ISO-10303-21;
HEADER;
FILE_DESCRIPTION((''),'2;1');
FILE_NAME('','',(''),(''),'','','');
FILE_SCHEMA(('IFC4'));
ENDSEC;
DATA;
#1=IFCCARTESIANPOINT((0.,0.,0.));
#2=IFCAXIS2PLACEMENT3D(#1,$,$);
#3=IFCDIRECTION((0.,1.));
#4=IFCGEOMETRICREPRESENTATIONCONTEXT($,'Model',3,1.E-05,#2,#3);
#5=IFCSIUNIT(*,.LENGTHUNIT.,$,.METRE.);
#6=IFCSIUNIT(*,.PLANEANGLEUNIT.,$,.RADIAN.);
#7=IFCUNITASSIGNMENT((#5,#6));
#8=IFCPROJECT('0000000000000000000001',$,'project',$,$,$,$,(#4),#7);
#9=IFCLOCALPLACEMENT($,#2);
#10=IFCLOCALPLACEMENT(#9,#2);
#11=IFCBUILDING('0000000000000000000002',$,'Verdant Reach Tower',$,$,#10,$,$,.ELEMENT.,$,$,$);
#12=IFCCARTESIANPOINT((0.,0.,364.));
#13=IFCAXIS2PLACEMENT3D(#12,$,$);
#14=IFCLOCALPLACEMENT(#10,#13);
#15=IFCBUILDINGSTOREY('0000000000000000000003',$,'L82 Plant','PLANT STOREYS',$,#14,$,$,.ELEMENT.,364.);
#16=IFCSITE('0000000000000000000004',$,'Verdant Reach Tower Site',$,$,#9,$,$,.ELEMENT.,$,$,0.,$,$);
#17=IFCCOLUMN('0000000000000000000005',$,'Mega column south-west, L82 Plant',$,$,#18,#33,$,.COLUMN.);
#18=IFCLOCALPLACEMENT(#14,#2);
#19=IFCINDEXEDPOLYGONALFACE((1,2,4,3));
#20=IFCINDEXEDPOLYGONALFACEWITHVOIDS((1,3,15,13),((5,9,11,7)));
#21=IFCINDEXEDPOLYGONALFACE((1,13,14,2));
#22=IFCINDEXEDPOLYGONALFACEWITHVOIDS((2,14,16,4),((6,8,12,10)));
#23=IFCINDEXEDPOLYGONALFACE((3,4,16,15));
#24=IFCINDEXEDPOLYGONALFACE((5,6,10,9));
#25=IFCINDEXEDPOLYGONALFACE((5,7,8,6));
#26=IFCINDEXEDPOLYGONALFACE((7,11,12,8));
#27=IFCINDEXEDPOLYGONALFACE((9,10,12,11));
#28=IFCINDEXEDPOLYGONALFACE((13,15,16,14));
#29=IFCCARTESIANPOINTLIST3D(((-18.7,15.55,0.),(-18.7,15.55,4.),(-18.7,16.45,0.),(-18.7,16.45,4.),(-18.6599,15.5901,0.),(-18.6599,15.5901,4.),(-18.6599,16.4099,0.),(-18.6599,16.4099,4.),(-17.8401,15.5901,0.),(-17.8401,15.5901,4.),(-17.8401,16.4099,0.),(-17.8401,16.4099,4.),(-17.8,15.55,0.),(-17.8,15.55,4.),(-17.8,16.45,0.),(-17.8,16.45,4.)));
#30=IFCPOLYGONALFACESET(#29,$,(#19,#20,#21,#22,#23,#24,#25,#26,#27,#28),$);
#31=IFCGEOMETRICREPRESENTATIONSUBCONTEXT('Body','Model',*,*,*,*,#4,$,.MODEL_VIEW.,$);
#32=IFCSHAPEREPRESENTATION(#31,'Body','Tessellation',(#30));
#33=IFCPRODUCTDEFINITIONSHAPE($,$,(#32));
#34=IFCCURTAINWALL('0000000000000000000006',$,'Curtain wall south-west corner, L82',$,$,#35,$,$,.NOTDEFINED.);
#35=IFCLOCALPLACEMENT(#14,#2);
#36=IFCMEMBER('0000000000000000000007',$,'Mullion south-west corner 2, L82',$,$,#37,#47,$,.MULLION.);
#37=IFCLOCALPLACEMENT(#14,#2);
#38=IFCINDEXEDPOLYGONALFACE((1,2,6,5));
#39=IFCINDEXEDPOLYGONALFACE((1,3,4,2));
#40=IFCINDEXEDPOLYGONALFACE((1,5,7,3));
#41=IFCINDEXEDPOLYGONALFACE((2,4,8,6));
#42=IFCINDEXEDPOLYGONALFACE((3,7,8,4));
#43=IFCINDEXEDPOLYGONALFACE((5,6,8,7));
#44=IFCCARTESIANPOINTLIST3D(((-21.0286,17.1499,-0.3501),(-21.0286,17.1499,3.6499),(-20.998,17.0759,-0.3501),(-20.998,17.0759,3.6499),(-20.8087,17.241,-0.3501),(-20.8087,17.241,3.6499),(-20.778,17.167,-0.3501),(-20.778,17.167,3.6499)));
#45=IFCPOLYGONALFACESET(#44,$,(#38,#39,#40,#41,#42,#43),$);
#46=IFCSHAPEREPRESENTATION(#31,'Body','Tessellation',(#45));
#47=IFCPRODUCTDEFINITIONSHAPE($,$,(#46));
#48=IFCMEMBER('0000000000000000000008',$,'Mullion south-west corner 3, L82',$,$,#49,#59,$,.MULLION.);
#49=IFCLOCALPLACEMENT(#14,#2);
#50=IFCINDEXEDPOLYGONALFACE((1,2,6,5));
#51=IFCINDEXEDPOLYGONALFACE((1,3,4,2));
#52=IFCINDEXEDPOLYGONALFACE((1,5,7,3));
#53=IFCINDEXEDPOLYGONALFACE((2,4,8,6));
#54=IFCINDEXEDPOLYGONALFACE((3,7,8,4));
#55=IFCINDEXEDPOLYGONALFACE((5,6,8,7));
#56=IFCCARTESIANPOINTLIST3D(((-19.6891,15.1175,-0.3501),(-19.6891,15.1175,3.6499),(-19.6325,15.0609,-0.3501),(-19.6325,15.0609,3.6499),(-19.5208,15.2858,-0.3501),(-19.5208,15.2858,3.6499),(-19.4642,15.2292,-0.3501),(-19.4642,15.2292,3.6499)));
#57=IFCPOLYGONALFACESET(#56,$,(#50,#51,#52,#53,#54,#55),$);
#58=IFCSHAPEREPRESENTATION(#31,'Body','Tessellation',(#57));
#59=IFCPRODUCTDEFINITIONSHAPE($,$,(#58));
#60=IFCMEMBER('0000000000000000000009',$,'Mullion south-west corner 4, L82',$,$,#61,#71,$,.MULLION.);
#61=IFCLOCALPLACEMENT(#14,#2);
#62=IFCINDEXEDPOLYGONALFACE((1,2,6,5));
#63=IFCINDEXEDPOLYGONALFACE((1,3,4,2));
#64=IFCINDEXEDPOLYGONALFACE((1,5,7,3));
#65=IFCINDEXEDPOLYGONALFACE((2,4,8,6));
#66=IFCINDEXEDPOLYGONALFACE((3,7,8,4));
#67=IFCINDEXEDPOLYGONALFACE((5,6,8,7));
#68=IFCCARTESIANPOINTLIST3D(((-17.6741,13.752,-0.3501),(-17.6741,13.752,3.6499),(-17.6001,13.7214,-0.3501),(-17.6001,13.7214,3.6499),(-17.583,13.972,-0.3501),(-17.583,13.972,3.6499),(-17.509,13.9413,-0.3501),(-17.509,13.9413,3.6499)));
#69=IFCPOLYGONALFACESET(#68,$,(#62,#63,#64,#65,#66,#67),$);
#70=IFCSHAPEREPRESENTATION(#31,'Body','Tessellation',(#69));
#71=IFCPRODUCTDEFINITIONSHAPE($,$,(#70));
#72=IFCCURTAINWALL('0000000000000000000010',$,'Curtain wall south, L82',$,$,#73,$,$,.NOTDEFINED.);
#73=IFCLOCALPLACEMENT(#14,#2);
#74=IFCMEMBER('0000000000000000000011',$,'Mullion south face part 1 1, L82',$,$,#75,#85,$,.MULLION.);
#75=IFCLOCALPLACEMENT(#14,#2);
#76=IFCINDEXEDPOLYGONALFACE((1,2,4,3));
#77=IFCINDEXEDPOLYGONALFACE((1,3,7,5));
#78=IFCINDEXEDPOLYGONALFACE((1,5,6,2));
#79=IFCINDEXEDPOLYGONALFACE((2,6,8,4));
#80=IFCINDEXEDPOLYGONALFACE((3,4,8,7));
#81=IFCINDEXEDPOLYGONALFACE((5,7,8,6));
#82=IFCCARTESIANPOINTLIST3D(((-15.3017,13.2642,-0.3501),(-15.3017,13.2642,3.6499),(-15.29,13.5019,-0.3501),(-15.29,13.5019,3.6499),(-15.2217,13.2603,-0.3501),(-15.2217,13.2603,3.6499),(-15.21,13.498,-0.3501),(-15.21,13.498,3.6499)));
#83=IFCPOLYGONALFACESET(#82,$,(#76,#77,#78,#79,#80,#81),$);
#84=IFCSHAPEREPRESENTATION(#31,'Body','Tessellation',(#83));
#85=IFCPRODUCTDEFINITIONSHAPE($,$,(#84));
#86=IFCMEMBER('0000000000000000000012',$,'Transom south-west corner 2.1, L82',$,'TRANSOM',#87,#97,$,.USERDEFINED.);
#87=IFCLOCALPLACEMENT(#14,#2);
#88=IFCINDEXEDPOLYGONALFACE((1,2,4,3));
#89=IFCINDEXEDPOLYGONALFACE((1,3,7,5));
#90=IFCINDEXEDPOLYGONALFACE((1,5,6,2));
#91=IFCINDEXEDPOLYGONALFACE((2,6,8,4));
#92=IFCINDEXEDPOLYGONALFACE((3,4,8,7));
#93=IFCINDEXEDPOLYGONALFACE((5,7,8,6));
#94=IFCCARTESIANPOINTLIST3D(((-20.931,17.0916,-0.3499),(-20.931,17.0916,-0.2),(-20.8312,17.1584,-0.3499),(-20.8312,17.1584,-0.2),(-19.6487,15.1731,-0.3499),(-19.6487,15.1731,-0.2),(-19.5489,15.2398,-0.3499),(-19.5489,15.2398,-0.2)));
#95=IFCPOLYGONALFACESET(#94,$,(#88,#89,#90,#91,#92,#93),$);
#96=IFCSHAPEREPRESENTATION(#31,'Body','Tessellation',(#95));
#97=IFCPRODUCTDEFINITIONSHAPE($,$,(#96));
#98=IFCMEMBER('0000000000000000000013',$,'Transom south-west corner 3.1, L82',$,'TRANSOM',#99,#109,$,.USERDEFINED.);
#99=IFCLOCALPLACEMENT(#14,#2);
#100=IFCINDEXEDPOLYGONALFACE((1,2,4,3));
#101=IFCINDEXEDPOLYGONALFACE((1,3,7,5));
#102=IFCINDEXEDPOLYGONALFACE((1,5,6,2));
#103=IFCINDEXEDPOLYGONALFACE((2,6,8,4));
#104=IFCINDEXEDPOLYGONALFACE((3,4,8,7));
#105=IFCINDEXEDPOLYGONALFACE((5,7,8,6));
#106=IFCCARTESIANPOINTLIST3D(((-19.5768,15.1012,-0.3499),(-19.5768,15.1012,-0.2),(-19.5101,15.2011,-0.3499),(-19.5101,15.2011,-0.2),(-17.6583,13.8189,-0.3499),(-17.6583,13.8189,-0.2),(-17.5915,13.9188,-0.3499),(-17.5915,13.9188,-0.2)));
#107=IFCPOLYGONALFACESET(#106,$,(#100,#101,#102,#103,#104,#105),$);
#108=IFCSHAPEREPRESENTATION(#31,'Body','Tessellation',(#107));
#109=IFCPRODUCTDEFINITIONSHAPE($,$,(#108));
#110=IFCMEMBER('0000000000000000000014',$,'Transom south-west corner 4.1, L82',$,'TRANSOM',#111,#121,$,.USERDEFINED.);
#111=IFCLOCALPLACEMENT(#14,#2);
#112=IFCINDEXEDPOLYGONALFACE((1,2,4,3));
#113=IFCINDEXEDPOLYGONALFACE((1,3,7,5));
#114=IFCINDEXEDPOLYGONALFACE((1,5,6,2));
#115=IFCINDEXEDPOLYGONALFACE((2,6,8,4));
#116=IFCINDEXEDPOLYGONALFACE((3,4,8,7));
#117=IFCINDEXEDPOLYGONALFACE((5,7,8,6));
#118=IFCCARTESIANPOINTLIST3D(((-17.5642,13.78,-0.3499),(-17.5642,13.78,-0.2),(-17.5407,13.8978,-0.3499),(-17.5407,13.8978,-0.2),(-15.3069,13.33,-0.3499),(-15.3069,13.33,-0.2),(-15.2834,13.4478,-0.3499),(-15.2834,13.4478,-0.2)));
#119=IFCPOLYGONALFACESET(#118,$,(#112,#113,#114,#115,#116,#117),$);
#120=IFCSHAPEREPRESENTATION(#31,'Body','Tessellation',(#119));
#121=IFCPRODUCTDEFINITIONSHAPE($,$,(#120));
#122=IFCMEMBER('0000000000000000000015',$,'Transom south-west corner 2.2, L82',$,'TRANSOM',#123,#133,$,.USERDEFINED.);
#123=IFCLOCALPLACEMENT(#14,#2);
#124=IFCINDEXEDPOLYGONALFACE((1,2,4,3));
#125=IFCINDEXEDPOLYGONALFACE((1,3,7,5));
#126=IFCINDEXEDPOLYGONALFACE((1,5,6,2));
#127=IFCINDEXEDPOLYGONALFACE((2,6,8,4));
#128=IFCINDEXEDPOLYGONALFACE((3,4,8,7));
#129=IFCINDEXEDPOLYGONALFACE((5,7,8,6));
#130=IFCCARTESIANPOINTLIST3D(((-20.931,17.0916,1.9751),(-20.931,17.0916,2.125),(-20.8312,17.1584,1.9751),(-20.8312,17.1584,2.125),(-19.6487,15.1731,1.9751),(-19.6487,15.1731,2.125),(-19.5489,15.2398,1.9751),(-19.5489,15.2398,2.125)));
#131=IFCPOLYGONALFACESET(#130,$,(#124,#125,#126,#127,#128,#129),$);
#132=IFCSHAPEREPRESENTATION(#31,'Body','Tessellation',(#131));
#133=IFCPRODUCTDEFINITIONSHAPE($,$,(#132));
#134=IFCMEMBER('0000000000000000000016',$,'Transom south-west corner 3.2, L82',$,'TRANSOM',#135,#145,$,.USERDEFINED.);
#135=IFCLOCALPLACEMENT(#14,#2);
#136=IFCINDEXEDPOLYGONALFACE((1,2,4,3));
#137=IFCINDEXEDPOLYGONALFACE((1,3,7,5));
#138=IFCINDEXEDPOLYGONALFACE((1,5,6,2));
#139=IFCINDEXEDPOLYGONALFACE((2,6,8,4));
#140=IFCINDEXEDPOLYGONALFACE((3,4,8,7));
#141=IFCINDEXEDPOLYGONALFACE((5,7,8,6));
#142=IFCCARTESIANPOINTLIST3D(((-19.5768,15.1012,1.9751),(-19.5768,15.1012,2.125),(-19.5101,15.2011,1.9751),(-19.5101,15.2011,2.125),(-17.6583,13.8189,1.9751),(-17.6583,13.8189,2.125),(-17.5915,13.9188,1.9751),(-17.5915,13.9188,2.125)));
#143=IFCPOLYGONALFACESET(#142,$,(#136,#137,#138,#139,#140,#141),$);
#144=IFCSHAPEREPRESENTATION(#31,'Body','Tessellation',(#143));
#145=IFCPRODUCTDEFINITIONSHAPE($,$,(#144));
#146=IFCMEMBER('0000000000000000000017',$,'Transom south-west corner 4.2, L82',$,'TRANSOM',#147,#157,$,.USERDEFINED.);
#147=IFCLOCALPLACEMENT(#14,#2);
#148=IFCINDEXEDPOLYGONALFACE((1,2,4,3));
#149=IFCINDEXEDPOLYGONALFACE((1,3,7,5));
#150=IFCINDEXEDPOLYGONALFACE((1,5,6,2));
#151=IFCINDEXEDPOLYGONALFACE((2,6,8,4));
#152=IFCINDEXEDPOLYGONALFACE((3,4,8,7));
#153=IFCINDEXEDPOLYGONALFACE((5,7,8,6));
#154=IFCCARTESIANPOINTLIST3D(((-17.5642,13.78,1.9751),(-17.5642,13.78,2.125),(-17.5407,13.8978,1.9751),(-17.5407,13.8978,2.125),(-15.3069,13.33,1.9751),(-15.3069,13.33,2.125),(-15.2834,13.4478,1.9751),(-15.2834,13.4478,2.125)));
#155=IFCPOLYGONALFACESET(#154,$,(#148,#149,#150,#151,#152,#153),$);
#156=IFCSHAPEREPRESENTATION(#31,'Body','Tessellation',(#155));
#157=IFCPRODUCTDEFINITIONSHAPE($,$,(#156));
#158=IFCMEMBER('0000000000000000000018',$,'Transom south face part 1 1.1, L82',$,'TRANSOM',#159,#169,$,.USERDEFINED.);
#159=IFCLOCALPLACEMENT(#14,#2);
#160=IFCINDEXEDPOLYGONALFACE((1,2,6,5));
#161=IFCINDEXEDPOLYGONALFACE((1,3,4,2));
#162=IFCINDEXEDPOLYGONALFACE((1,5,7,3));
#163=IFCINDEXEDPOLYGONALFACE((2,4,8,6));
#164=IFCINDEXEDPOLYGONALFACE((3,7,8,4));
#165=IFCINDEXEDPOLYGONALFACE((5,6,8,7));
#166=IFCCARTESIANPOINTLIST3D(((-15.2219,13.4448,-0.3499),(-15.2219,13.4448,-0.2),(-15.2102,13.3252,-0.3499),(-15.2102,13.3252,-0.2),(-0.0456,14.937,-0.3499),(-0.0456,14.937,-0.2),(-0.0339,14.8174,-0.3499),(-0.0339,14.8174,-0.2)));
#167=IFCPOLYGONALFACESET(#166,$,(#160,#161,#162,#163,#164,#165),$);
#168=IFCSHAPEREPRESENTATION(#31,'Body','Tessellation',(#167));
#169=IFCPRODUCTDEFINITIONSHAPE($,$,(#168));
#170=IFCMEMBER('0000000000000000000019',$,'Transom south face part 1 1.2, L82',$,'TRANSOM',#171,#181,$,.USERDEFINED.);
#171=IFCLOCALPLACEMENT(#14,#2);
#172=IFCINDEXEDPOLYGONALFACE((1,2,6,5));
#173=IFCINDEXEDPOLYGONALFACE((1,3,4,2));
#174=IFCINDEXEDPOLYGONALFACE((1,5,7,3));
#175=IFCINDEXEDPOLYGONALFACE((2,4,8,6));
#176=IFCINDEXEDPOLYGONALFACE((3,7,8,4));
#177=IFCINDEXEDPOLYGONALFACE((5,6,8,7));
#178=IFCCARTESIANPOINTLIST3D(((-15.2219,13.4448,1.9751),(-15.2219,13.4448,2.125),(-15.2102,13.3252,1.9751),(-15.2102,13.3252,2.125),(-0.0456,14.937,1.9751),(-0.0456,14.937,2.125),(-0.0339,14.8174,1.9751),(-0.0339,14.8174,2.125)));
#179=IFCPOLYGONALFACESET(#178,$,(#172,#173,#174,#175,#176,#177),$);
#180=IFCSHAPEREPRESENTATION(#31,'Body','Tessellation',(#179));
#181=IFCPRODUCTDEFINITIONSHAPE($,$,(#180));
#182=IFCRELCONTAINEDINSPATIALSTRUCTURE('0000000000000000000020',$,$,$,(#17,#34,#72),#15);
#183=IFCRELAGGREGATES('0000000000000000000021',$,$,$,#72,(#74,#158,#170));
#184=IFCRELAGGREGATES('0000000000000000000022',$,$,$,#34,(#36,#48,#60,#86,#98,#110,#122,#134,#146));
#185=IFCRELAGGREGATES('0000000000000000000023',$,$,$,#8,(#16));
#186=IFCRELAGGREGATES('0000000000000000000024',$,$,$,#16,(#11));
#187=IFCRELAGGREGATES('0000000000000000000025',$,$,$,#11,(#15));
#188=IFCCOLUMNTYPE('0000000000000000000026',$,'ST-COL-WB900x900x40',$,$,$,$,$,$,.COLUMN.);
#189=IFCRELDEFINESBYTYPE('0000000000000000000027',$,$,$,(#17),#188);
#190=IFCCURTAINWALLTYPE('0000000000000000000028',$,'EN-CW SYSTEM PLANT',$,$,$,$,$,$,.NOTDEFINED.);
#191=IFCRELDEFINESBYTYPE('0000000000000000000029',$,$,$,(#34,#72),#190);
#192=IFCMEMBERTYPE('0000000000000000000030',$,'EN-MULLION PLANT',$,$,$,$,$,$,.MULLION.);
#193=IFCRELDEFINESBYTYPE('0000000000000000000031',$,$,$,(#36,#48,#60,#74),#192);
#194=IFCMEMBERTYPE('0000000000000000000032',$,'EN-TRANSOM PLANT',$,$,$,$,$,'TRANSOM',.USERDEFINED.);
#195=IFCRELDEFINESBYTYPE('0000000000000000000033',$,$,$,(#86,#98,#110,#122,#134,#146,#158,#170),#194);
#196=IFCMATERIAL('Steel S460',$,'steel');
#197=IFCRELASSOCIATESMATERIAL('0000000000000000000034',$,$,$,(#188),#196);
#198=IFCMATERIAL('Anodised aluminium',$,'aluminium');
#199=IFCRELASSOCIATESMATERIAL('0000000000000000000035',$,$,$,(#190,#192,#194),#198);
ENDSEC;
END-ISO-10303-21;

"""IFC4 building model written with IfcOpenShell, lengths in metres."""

from ifc_helpers import new_model, si_unit, direction, frame, origin, origin_2d, place, context, subcontext, project, spatial, rectangle, hollow_rectangle, extrude, material, material_profile, profile_set, type_object, element, aggregate, save


model = new_model("IFC4")

# Units and contexts
model_context = context("Model", 3, precision=1e-05, world=origin(), true_north=direction((0.0, 1.0)))
body_context = subcontext(model_context, "Body", "Model", "MODEL_VIEW")
ifc_project = project(units=[si_unit("LENGTHUNIT", "METRE"), si_unit("PLANEANGLEUNIT", "RADIAN")], contexts=[model_context])

# Site, building, storey
site_placement = place(None, origin())
site = spatial("IfcSite", under=ifc_project, at=site_placement, Name="Verdant Reach Tower Site", CompositionType="ELEMENT", RefElevation=0.0)
building_placement = place(site_placement, origin())
building = spatial("IfcBuilding", under=site, at=building_placement, Name="Verdant Reach Tower", CompositionType="ELEMENT")
storey_placement = place(building_placement, frame((0.0, 0.0, 364.0)))
storey = spatial("IfcBuildingStorey", under=building, at=storey_placement, Name="L82 Plant", Description="PLANT STOREYS", CompositionType="ELEMENT", Elevation=364.0)

# Column
ifc_material_1 = material(Name="Steel S460", Category="steel")
ifc_material_profile_1 = material_profile(ifc_material_1, hollow_rectangle(XDim=0.8999, YDim=0.8999, WallThickness=0.04, at=origin_2d()), Name="WB 900x900x40")
ifc_profile_set_1 = profile_set([ifc_material_profile_1], Name="Steel S460")
column_type = type_object("IfcColumnType", Name="ST-COL-WB900x900x40", PredefinedType="COLUMN", material=ifc_profile_set_1)
column_placement = place(storey_placement, frame((-18.25, 16.0, 0.0), z_axis=(0.0, 0.0, 1.0), x_axis=(1.0, 0.0, 0.0)))
element("IfcColumn", 1, at=column_placement, inside=storey, type_object=column_type, Name="Mega column south-west, L82 Plant", PredefinedType="COLUMN", context=body_context, shape_type="SweptSolid", body=[
    extrude(hollow_rectangle(XDim=0.8999, YDim=0.8999, WallThickness=0.04, at=origin_2d()), origin(), (0.0, 0.0, 1.0), 4.0),
])

# Curtain wall, members
ifc_material_2 = material(Name="Anodised aluminium", Category="aluminium")
curtain_wall_type = type_object("IfcCurtainWallType", Name="EN-CW SYSTEM PLANT", PredefinedType="NOTDEFINED", material=ifc_material_2)
curtain_wall_1_placement = place(storey_placement, origin())
curtain_wall_1 = element("IfcCurtainWall", 2, at=curtain_wall_1_placement, inside=storey, type_object=curtain_wall_type, Name="Curtain wall south-west corner, L82", PredefinedType="NOTDEFINED")
ifc_material_profile_2 = material_profile(ifc_material_2, rectangle(XDim=0.238, YDim=0.0801, at=origin_2d()), Name="Mullion 80x240")
ifc_profile_set_2 = profile_set([ifc_material_profile_2], Name="Anodised aluminium")
member_type_1 = type_object("IfcMemberType", Name="EN-MULLION PLANT", PredefinedType="MULLION", material=ifc_profile_set_2)
member_1_placement = place(storey_placement, frame((-20.9033, 17.1584, -0.3501), z_axis=(0.0, 0.0, 1.0), x_axis=(-0.923875, -0.382694, 0.0)))
member_1 = element("IfcMember", 3, at=member_1_placement, type_object=member_type_1, Name="Mullion south-west corner 2, L82", PredefinedType="MULLION", context=body_context, shape_type="SweptSolid", body=[
    extrude(rectangle(XDim=0.238, YDim=0.0801, at=origin_2d()), origin(), (0.0, 0.0, 1.0), 4.0),
])
member_2_placement = place(storey_placement, frame((-19.5767, 15.1733, -0.3501), z_axis=(0.0, 0.0, 1.0), x_axis=(-0.707107, -0.707107, 0.0)))
member_2 = element("IfcMember", 4, at=member_2_placement, type_object=member_type_1, Name="Mullion south-west corner 3, L82", PredefinedType="MULLION", context=body_context, shape_type="SweptSolid", body=[
    extrude(rectangle(XDim=0.238, YDim=0.0801, at=origin_2d()), origin(), (0.0, 0.0, 1.0), 4.0),
])
member_3_placement = place(storey_placement, frame((-17.5916, 13.8467, -0.3501), z_axis=(0.0, 0.0, 1.0), x_axis=(-0.382694, -0.923875, 0.0)))
member_3 = element("IfcMember", 5, at=member_3_placement, type_object=member_type_1, Name="Mullion south-west corner 4, L82", PredefinedType="MULLION", context=body_context, shape_type="SweptSolid", body=[
    extrude(rectangle(XDim=0.238, YDim=0.0801, at=origin_2d()), origin(), (0.0, 0.0, 1.0), 4.0),
])

# Curtain wall, member
curtain_wall_2_placement = place(storey_placement, origin())
curtain_wall_2 = element("IfcCurtainWall", 6, at=curtain_wall_2_placement, inside=storey, type_object=curtain_wall_type, Name="Curtain wall south, L82", PredefinedType="NOTDEFINED")
member_4_placement = place(storey_placement, frame((-15.2559, 13.3811, -0.3501), z_axis=(0.0, 0.0, 1.0), x_axis=(-0.049128, -0.998793, 0.0)))
member_4 = element("IfcMember", 7, at=member_4_placement, type_object=member_type_1, Name="Mullion south face part 1 1, L82", PredefinedType="MULLION", context=body_context, shape_type="SweptSolid", body=[
    extrude(rectangle(XDim=0.238, YDim=0.0801, at=origin_2d()), origin(), (0.0, 0.0, 1.0), 4.0),
])

# Members
ifc_material_profile_3 = material_profile(ifc_material_2, rectangle(XDim=0.1201, YDim=0.1499, at=origin_2d()), Name="Transom 150x120")
ifc_profile_set_3 = profile_set([ifc_material_profile_3], Name="Anodised aluminium")
member_type_2 = type_object("IfcMemberType", Name="EN-TRANSOM PLANT", ElementType="TRANSOM", PredefinedType="USERDEFINED", material=ifc_profile_set_3)
member_5_placement = place(storey_placement, frame((-20.8811, 17.125, -0.2749), z_axis=(0.555676, -0.831399, 0.0), x_axis=(0.831399, 0.555676, 0.0)))
member_5 = element("IfcMember", 8, at=member_5_placement, type_object=member_type_2, Name="Transom south-west corner 2.1, L82", ObjectType="TRANSOM", PredefinedType="USERDEFINED", context=body_context, shape_type="SweptSolid", body=[
    extrude(rectangle(XDim=0.1201, YDim=0.1499, at=origin_2d()), origin(), (0.0, 0.0, 1.0), 2.3076),
])
member_6_placement = place(storey_placement, frame((-19.5435, 15.1511, -0.2749), z_axis=(0.831399, -0.555676, 0.0), x_axis=(0.555676, 0.831399, 0.0)))
member_6 = element("IfcMember", 9, at=member_6_placement, type_object=member_type_2, Name="Transom south-west corner 3.1, L82", ObjectType="TRANSOM", PredefinedType="USERDEFINED", context=body_context, shape_type="SweptSolid", body=[
    extrude(rectangle(XDim=0.1201, YDim=0.1499, at=origin_2d()), origin(), (0.0, 0.0, 1.0), 2.3076),
])
member_7_placement = place(storey_placement, frame((-17.5525, 13.8389, -0.2749), z_axis=(0.980707, -0.195484, 0.0), x_axis=(0.195484, 0.980707, 0.0)))
member_7 = element("IfcMember", 10, at=member_7_placement, type_object=member_type_2, Name="Transom south-west corner 4.1, L82", ObjectType="TRANSOM", PredefinedType="USERDEFINED", context=body_context, shape_type="SweptSolid", body=[
    extrude(rectangle(XDim=0.1201, YDim=0.1499, at=origin_2d()), origin(), (0.0, 0.0, 1.0), 2.3018),
])
member_8_placement = place(storey_placement, frame((-20.8811, 17.125, 2.05), z_axis=(0.555676, -0.831399, 0.0), x_axis=(0.831399, 0.555676, 0.0)))
member_8 = element("IfcMember", 11, at=member_8_placement, type_object=member_type_2, Name="Transom south-west corner 2.2, L82", ObjectType="TRANSOM", PredefinedType="USERDEFINED", context=body_context, shape_type="SweptSolid", body=[
    extrude(rectangle(XDim=0.1201, YDim=0.1499, at=origin_2d()), origin(), (0.0, 0.0, 1.0), 2.3076),
])
member_9_placement = place(storey_placement, frame((-19.5435, 15.1511, 2.05), z_axis=(0.831399, -0.555676, 0.0), x_axis=(0.555676, 0.831399, 0.0)))
member_9 = element("IfcMember", 12, at=member_9_placement, type_object=member_type_2, Name="Transom south-west corner 3.2, L82", ObjectType="TRANSOM", PredefinedType="USERDEFINED", context=body_context, shape_type="SweptSolid", body=[
    extrude(rectangle(XDim=0.1201, YDim=0.1499, at=origin_2d()), origin(), (0.0, 0.0, 1.0), 2.3076),
])
member_10_placement = place(storey_placement, frame((-17.5525, 13.8389, 2.05), z_axis=(0.980707, -0.195484, 0.0), x_axis=(0.195484, 0.980707, 0.0)))
member_10 = element("IfcMember", 13, at=member_10_placement, type_object=member_type_2, Name="Transom south-west corner 4.2, L82", ObjectType="TRANSOM", PredefinedType="USERDEFINED", context=body_context, shape_type="SweptSolid", body=[
    extrude(rectangle(XDim=0.1201, YDim=0.1499, at=origin_2d()), origin(), (0.0, 0.0, 1.0), 2.3018),
])
member_11_placement = place(storey_placement, frame((-15.2161, 13.385, -0.2749), z_axis=(0.995201, 0.097852, 0.0), x_axis=(-0.097852, 0.995201, 0.0)))
member_11 = element("IfcMember", 14, at=member_11_placement, type_object=member_type_2, Name="Transom south face part 1 1.1, L82", ObjectType="TRANSOM", PredefinedType="USERDEFINED", context=body_context, shape_type="SweptSolid", body=[
    extrude(rectangle(XDim=0.1201, YDim=0.1499, at=origin_2d()), origin(), (0.0, 0.0, 1.0), 15.2495),
])
member_12_placement = place(storey_placement, frame((-15.2161, 13.385, 2.05), z_axis=(0.995201, 0.097852, 0.0), x_axis=(-0.097852, 0.995201, 0.0)))
member_12 = element("IfcMember", 15, at=member_12_placement, type_object=member_type_2, Name="Transom south face part 1 1.2, L82", ObjectType="TRANSOM", PredefinedType="USERDEFINED", context=body_context, shape_type="SweptSolid", body=[
    extrude(rectangle(XDim=0.1201, YDim=0.1499, at=origin_2d()), origin(), (0.0, 0.0, 1.0), 15.2495),
])
aggregate(curtain_wall_2, [member_4, member_11, member_12])

aggregate(curtain_wall_1, [member_1, member_2, member_3, member_5, member_6, member_7, member_8, member_9, member_10])

save(model, "model.ifc")
